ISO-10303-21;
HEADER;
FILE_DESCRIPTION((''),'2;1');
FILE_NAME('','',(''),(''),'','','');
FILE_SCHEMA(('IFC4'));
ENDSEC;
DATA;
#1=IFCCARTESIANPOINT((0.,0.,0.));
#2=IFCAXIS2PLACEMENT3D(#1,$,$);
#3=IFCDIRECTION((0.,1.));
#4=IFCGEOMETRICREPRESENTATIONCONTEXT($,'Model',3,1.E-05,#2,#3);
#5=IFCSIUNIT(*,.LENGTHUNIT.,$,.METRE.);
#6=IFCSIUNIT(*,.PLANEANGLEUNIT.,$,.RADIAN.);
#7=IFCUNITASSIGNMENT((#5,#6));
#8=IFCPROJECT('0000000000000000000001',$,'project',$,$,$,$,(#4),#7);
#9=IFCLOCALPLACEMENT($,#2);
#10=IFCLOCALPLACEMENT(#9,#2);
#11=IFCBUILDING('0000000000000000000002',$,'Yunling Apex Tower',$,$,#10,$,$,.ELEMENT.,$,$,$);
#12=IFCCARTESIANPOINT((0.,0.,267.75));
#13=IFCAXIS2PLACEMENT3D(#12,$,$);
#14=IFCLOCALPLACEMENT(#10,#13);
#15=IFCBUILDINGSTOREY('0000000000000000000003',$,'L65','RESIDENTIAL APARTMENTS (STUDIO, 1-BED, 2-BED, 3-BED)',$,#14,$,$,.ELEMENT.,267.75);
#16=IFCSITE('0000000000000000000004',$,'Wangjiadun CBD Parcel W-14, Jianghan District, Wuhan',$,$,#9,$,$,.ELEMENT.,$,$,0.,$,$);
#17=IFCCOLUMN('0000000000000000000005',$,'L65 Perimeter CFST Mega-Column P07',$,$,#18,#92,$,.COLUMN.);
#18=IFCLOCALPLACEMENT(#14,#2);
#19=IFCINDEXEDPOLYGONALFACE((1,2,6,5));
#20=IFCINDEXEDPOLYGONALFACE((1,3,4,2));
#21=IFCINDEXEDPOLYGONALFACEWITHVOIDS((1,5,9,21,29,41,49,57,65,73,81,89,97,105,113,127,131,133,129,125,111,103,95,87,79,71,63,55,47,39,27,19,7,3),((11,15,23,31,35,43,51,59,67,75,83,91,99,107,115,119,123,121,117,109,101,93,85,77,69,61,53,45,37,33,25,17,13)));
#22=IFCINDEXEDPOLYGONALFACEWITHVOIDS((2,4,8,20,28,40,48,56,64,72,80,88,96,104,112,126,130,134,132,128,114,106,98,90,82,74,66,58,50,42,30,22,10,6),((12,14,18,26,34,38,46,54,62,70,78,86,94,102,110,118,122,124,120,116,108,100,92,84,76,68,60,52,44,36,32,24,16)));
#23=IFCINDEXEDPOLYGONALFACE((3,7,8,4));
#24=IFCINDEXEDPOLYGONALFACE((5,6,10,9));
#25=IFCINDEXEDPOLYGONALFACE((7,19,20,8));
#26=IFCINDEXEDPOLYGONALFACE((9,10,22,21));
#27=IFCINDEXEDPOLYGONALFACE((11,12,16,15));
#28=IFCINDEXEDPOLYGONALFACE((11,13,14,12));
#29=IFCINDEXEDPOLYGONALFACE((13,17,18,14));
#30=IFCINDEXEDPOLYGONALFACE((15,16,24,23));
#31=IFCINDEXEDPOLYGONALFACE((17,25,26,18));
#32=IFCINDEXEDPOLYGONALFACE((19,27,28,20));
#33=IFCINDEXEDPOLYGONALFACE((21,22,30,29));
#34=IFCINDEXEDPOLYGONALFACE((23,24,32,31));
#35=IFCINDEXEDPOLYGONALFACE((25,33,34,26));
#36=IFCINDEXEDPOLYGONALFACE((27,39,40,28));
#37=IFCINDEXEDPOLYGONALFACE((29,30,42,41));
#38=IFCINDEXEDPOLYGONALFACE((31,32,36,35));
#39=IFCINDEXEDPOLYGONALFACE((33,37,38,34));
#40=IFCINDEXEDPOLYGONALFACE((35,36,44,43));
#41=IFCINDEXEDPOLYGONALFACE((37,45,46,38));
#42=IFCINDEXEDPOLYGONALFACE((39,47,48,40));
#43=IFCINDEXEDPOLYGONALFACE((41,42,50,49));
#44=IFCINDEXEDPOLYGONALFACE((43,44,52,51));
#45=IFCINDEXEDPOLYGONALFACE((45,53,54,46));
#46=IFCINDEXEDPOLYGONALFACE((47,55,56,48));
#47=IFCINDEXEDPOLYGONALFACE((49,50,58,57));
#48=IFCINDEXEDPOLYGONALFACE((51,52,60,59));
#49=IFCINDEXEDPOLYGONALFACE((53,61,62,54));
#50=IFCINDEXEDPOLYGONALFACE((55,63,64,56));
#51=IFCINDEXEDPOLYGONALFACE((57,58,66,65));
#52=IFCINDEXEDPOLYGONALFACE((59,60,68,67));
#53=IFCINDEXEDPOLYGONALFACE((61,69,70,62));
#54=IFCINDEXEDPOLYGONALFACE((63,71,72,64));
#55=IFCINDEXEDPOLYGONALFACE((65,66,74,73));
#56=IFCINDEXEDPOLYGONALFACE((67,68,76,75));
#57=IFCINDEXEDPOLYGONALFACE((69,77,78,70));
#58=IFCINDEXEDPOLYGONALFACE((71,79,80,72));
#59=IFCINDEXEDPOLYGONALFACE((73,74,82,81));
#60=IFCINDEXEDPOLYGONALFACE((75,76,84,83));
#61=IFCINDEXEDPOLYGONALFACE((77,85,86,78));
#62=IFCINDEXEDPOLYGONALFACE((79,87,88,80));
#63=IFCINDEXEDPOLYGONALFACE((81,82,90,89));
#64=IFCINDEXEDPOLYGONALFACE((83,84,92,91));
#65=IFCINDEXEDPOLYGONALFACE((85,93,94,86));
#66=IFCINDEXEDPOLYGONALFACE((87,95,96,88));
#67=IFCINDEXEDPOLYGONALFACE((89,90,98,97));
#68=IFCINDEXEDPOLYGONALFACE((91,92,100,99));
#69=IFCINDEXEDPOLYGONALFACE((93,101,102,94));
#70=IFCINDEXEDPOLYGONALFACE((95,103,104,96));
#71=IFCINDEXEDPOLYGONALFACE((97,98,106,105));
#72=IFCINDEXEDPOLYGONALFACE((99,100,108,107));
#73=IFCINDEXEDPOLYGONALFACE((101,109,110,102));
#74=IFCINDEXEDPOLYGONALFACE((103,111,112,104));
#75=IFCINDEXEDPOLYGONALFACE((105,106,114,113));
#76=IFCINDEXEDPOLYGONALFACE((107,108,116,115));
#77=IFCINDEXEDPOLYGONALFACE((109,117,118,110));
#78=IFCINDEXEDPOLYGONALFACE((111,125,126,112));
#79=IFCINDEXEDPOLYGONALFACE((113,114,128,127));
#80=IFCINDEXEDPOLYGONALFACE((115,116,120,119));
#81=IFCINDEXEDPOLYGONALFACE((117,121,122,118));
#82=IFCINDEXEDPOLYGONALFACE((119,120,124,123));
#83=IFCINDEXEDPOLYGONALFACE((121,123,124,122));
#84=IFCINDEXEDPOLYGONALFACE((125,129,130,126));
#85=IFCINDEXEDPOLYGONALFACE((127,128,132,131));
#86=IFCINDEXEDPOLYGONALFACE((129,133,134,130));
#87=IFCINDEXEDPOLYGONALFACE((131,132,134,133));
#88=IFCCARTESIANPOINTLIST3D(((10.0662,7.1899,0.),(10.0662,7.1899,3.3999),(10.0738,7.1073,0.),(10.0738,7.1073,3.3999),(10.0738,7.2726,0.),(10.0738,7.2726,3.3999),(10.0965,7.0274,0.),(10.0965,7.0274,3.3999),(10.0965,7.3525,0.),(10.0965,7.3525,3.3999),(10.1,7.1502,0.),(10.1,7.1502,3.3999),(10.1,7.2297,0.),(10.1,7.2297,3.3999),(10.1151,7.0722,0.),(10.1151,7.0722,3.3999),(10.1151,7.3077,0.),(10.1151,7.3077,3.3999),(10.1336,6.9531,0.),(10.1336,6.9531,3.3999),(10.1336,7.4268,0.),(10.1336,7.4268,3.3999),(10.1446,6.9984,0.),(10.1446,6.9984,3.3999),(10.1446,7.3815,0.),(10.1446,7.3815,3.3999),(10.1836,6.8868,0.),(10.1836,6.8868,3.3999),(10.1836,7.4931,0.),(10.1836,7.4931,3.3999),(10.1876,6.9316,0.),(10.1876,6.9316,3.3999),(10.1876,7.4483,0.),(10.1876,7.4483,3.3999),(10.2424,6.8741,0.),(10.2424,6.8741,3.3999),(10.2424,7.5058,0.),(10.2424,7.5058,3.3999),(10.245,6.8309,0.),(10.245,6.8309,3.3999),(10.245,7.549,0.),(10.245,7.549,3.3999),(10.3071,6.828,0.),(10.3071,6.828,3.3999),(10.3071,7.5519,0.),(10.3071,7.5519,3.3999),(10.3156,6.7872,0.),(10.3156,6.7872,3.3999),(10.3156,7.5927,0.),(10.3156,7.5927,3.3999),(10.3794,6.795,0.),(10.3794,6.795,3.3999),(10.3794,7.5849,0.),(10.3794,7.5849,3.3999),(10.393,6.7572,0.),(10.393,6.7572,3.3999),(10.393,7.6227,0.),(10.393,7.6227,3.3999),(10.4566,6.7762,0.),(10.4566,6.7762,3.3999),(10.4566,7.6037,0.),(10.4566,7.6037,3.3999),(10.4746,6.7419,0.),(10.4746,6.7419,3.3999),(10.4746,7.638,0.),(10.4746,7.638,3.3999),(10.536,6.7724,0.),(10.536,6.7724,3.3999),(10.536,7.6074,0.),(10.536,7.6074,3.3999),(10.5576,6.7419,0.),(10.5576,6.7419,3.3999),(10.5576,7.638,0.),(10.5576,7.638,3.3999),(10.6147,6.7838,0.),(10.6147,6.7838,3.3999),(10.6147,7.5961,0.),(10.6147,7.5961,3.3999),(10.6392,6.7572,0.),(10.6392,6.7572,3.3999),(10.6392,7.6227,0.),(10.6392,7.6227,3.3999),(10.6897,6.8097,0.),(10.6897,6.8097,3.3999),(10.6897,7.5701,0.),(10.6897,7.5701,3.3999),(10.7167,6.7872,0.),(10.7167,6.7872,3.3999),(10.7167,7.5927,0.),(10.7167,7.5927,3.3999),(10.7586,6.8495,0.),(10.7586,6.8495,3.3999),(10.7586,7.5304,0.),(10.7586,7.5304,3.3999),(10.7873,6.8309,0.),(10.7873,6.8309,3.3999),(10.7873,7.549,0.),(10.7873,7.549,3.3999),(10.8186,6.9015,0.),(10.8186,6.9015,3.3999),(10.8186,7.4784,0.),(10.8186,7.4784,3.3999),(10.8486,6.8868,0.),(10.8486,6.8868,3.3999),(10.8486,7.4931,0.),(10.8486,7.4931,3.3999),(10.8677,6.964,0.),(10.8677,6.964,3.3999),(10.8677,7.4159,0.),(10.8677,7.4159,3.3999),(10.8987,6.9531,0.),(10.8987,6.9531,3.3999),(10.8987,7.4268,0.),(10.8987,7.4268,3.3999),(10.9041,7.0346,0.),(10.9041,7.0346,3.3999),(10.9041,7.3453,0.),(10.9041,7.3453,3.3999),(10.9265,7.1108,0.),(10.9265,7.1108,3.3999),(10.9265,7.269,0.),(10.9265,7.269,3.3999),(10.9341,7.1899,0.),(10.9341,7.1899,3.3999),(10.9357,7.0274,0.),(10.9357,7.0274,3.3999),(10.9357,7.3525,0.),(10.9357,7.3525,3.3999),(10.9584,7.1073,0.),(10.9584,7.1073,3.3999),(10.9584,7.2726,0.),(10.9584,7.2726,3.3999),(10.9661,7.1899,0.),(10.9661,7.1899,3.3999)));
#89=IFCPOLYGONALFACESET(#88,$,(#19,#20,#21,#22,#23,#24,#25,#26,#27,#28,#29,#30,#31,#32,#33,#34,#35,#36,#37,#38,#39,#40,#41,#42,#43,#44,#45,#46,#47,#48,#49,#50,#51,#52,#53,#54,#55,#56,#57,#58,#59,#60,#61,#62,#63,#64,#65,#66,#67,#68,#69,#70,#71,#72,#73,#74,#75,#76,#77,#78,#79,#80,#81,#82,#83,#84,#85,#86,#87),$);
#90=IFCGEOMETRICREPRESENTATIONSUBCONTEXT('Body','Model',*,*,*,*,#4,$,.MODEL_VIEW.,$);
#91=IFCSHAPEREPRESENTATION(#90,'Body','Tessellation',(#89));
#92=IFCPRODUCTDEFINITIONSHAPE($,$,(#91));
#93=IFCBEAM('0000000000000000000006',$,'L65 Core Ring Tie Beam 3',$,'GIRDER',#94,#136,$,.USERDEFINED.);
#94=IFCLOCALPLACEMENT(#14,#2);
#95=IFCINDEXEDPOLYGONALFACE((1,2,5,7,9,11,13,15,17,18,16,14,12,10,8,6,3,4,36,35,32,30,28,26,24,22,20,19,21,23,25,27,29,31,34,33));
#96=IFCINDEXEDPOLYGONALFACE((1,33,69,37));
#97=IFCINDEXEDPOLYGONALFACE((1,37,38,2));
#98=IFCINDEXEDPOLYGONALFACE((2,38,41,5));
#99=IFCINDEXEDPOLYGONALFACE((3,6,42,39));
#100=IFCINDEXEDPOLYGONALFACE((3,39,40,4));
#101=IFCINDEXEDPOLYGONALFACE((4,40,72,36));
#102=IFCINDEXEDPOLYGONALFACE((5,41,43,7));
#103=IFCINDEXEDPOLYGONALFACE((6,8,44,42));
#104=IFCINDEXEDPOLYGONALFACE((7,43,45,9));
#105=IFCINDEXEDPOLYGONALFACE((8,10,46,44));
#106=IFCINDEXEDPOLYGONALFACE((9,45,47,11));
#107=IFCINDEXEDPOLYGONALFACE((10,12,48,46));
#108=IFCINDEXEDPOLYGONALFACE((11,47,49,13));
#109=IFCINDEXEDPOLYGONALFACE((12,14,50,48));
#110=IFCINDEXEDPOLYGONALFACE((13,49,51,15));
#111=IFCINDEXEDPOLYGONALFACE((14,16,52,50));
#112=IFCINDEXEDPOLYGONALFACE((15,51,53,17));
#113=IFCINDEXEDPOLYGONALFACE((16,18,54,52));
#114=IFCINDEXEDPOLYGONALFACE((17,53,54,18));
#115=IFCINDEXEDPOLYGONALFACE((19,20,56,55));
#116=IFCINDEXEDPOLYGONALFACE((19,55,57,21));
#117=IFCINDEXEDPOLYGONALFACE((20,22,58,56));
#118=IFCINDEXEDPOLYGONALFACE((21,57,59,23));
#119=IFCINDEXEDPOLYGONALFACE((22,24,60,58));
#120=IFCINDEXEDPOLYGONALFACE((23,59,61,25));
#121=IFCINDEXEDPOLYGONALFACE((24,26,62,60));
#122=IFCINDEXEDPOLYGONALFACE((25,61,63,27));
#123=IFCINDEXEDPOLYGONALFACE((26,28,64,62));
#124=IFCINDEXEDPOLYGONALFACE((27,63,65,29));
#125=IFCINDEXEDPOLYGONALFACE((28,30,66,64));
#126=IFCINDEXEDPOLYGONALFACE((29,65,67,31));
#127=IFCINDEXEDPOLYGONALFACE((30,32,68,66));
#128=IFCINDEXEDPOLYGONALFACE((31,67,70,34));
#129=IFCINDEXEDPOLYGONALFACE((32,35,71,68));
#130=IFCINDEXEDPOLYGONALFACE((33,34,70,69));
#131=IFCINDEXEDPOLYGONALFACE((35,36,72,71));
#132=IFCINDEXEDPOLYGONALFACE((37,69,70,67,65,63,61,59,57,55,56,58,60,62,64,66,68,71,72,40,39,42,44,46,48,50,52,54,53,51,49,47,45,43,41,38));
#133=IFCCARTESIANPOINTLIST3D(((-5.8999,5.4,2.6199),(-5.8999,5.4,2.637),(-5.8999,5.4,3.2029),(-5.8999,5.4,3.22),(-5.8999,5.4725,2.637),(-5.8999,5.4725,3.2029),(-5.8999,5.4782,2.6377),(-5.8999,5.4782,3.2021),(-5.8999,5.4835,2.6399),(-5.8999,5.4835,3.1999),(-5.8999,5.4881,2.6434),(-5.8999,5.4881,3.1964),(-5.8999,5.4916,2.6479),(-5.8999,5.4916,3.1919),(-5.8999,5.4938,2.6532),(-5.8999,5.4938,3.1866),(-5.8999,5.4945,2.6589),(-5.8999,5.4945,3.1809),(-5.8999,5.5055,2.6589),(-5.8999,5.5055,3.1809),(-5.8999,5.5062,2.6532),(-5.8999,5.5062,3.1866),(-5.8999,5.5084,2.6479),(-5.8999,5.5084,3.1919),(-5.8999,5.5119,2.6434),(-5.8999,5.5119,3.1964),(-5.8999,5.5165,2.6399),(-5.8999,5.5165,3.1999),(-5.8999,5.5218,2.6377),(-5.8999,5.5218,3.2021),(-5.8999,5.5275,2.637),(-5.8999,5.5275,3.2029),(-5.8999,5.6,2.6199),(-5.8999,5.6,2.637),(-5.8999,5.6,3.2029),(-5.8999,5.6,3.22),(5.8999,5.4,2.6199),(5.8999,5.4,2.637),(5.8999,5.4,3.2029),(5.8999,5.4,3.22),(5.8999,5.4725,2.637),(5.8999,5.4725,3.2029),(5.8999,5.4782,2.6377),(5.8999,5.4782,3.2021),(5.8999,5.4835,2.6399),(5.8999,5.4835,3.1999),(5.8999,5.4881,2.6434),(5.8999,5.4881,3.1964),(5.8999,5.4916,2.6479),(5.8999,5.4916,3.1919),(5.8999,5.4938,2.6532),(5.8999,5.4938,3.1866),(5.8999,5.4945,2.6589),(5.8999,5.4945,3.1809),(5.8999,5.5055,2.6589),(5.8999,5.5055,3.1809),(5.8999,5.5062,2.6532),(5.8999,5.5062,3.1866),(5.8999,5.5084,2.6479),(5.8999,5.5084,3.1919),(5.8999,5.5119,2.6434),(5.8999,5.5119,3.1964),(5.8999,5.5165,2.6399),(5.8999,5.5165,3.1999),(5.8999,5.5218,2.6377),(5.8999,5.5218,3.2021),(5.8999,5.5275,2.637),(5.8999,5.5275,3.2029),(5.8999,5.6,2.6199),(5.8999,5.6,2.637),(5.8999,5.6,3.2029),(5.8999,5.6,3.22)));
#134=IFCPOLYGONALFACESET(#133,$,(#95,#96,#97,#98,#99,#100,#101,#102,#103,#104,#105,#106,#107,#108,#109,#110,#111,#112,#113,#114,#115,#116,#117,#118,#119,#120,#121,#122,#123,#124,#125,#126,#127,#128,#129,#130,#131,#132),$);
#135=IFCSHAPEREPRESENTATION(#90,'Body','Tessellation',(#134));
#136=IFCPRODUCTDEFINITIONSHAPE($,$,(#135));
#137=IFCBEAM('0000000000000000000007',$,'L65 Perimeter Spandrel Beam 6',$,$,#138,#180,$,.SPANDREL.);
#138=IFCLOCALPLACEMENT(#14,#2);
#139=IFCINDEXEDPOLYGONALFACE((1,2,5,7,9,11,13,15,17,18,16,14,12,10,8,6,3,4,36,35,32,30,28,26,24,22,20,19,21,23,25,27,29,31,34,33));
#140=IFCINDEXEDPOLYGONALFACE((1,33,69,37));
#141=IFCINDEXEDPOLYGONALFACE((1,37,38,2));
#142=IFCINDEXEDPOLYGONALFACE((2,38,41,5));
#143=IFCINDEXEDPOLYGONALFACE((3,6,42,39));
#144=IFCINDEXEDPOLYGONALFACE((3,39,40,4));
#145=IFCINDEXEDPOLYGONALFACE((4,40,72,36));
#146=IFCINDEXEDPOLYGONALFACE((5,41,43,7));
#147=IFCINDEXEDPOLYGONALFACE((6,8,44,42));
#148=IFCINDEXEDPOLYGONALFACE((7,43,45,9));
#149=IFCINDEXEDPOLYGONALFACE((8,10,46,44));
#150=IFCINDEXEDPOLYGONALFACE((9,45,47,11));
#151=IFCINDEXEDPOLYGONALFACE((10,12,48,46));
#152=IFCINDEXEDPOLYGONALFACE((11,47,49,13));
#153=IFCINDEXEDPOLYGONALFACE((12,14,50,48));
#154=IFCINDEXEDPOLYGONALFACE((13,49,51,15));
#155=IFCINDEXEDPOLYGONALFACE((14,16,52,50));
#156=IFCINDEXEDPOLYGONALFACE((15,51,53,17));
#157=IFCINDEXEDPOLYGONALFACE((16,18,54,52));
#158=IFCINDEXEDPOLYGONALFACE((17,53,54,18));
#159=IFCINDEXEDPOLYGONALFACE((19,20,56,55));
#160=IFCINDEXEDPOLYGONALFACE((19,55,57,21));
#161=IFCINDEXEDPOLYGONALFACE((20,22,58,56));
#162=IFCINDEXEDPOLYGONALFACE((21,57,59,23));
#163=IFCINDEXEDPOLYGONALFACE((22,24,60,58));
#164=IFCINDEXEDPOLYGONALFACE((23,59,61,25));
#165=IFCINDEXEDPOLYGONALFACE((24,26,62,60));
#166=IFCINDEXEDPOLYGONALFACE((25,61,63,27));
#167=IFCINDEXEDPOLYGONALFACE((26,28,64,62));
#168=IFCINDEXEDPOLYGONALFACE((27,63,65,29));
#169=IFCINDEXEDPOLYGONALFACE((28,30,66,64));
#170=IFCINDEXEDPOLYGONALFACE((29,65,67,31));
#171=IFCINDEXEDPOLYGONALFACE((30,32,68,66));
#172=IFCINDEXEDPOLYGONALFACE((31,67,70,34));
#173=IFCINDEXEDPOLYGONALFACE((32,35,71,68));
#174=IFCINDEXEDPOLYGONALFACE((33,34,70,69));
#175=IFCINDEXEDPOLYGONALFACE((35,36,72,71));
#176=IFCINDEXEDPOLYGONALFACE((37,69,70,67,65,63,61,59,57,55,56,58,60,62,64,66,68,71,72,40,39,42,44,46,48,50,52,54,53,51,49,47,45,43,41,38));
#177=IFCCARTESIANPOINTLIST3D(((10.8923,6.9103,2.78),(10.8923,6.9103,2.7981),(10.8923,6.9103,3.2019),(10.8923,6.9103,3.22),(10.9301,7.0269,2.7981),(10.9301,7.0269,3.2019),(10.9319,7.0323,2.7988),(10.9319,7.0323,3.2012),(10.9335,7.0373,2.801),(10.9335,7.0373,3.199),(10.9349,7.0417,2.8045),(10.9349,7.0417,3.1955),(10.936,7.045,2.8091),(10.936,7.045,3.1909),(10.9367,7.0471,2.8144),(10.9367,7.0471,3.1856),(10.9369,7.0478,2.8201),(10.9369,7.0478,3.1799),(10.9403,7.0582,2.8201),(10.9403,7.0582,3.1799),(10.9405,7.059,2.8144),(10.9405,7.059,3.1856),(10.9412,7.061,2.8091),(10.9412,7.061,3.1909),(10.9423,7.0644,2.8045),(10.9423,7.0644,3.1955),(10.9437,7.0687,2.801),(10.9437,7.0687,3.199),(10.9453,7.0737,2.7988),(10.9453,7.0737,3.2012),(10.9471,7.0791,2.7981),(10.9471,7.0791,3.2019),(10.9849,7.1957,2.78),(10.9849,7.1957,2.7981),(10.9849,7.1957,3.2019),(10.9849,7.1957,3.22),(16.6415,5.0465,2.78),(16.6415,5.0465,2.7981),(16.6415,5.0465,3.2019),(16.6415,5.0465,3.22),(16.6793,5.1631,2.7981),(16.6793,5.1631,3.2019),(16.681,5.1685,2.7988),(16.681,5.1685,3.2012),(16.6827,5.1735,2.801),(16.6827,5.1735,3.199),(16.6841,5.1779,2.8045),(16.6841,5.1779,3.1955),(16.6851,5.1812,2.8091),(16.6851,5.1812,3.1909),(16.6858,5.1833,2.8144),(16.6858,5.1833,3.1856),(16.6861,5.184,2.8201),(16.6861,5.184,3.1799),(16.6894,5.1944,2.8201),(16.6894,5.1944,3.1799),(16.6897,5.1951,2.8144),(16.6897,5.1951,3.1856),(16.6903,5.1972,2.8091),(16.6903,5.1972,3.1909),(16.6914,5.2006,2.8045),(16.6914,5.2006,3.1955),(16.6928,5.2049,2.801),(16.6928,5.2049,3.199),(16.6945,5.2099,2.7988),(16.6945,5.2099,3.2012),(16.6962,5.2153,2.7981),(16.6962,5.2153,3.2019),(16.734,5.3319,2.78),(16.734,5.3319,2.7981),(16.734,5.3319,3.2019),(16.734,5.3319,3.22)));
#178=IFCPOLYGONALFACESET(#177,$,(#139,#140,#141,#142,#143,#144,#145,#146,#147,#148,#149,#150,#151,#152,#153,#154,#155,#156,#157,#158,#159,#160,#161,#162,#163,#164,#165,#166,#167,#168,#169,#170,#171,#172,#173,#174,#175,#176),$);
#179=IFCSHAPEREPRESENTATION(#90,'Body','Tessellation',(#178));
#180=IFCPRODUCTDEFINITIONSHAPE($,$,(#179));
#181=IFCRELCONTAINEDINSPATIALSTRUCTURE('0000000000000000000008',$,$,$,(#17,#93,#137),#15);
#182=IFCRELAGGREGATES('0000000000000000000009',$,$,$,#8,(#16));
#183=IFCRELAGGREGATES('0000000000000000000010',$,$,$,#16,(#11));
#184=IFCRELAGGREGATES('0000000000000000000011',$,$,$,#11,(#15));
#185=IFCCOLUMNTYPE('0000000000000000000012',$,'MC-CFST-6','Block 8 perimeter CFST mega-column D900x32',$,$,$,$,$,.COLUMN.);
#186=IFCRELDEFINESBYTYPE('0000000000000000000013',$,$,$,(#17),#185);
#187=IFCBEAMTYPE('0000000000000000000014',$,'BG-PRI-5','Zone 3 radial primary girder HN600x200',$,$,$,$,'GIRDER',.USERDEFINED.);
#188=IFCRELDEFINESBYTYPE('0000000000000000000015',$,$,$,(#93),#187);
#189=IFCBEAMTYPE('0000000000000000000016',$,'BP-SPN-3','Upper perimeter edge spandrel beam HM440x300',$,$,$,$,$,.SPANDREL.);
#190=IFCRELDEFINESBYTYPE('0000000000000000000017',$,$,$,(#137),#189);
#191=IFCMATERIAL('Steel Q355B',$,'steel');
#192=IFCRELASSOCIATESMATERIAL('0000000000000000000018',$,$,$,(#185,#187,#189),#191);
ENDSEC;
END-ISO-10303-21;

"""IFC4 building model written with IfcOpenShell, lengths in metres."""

from ifc_helpers import new_model, si_unit, direction, frame, origin, origin_2d, place, context, subcontext, project, spatial, hollow_circle, i_section, extrude, source, transform, mapped, material, material_profile, profile_set, type_object, element, save


model = new_model("IFC4")

# Units and contexts
model_context = context("Model", 3, precision=1e-05, world=origin(), true_north=direction((0.0, 1.0)))
body_context = subcontext(model_context, "Body", "Model", "MODEL_VIEW")
ifc_project = project(units=[si_unit("LENGTHUNIT", "METRE"), si_unit("PLANEANGLEUNIT", "RADIAN")], contexts=[model_context])

# Site, building, storey
site_placement = place(None, origin())
site = spatial("IfcSite", under=ifc_project, at=site_placement, Name="Wangjiadun CBD Parcel W-14, Jianghan District, Wuhan", CompositionType="ELEMENT", RefElevation=0.0)
building_placement = place(site_placement, origin())
building = spatial("IfcBuilding", under=site, at=building_placement, Name="Yunling Apex Tower", CompositionType="ELEMENT")
storey_placement = place(building_placement, frame((0.0, 0.0, 267.75)))
storey = spatial("IfcBuildingStorey", under=building, at=storey_placement, Name="L65", Description="RESIDENTIAL APARTMENTS (STUDIO, 1-BED, 2-BED, 3-BED)", CompositionType="ELEMENT", Elevation=267.75)

# Column
ifc_material_1 = material(Name="Steel Q355B", Category="steel")
ifc_material_profile_1 = material_profile(ifc_material_1, hollow_circle(Radius=0.45, WallThickness=0.032, at=origin_2d()))
ifc_profile_set_1 = profile_set([ifc_material_profile_1], Name="Steel Q355B")
column_type_1 = type_object("IfcColumnType", Name="MC-CFST-6", Description="Block 8 perimeter CFST mega-column D900x32", PredefinedType="COLUMN", material=ifc_profile_set_1)
shared_shape_1 = source(origin(), body_context, "Body", "SweptSolid", [
    extrude(hollow_circle(Radius=0.45, WallThickness=0.032, at=origin_2d()), origin(), (0.0, 0.0, 1.0), 3.3999),
])
for number, where, z_axis, x_axis, name in (
    (1, (10.5161, 7.1899, 0.0), (0.0, 0.0, 1.0), (1.0, 0.0, 0.0), "L65 Perimeter CFST Mega-Column P07"),
):
    element("IfcColumn", number, at=place(storey_placement, frame(where, z_axis=z_axis, x_axis=x_axis)), inside=storey, type_object=column_type_1, Name=name, PredefinedType="COLUMN", context=body_context, shape_type="MappedRepresentation", body=[
        mapped(shared_shape_1, transform((0.0, 0.0, 0.0), scale=1.0)),
    ])

# Beams
ifc_material_profile_2 = material_profile(ifc_material_1, i_section(OverallWidth=0.2, OverallDepth=0.6001, WebThickness=0.011, FlangeThickness=0.0171, FilletRadius=0.022, at=origin_2d()))
ifc_profile_set_2 = profile_set([ifc_material_profile_2], Name="Steel Q355B")
beam_type_1 = type_object("IfcBeamType", Name="BG-PRI-5", Description="Zone 3 radial primary girder HN600x200", ElementType="GIRDER", PredefinedType="USERDEFINED", material=ifc_profile_set_2)
shared_shape_2 = source(origin(), body_context, "Body", "SweptSolid", [
    extrude(i_section(OverallWidth=0.2, OverallDepth=0.6001, WebThickness=0.011, FlangeThickness=0.0171, FilletRadius=0.022, at=origin_2d()), origin(), (0.0, 0.0, 1.0), 11.7998),
])
beam_1_placement = place(storey_placement, frame((5.8999, 5.5, 2.9199), z_axis=(-1.0, 0.0, 0.0), x_axis=(0.0, -1.0, 0.0)))
element("IfcBeam", 2, at=beam_1_placement, inside=storey, type_object=beam_type_1, Name="L65 Core Ring Tie Beam 3", ObjectType="GIRDER", PredefinedType="USERDEFINED", context=body_context, shape_type="MappedRepresentation", body=[
    mapped(shared_shape_2, transform((0.0, 0.0, 0.0), scale=1.0)),
])
ifc_material_profile_3 = material_profile(ifc_material_1, i_section(OverallWidth=0.3, OverallDepth=0.4399, WebThickness=0.011, FlangeThickness=0.0181, FilletRadius=0.022, at=origin_2d()))
ifc_profile_set_3 = profile_set([ifc_material_profile_3], Name="Steel Q355B")
beam_type_2 = type_object("IfcBeamType", Name="BP-SPN-3", Description="Upper perimeter edge spandrel beam HM440x300", PredefinedType="SPANDREL", material=ifc_profile_set_3)
shared_shape_3 = source(origin(), body_context, "Body", "SweptSolid", [
    extrude(i_section(OverallWidth=0.3, OverallDepth=0.4399, WebThickness=0.011, FlangeThickness=0.0181, FilletRadius=0.022, at=origin_2d()), origin(), (0.0, 0.0, 1.0), 6.0437),
])
beam_2_placement = place(storey_placement, frame((16.6877, 5.1892, 3.0), z_axis=(-0.951261, 0.308388, 0.0), x_axis=(-0.308388, -0.951261, 0.0)))
element("IfcBeam", 3, at=beam_2_placement, inside=storey, type_object=beam_type_2, Name="L65 Perimeter Spandrel Beam 6", PredefinedType="SPANDREL", context=body_context, shape_type="MappedRepresentation", body=[
    mapped(shared_shape_3, transform((0.0, 0.0, 0.0), scale=1.0)),
])

save(model, "model.ifc")
